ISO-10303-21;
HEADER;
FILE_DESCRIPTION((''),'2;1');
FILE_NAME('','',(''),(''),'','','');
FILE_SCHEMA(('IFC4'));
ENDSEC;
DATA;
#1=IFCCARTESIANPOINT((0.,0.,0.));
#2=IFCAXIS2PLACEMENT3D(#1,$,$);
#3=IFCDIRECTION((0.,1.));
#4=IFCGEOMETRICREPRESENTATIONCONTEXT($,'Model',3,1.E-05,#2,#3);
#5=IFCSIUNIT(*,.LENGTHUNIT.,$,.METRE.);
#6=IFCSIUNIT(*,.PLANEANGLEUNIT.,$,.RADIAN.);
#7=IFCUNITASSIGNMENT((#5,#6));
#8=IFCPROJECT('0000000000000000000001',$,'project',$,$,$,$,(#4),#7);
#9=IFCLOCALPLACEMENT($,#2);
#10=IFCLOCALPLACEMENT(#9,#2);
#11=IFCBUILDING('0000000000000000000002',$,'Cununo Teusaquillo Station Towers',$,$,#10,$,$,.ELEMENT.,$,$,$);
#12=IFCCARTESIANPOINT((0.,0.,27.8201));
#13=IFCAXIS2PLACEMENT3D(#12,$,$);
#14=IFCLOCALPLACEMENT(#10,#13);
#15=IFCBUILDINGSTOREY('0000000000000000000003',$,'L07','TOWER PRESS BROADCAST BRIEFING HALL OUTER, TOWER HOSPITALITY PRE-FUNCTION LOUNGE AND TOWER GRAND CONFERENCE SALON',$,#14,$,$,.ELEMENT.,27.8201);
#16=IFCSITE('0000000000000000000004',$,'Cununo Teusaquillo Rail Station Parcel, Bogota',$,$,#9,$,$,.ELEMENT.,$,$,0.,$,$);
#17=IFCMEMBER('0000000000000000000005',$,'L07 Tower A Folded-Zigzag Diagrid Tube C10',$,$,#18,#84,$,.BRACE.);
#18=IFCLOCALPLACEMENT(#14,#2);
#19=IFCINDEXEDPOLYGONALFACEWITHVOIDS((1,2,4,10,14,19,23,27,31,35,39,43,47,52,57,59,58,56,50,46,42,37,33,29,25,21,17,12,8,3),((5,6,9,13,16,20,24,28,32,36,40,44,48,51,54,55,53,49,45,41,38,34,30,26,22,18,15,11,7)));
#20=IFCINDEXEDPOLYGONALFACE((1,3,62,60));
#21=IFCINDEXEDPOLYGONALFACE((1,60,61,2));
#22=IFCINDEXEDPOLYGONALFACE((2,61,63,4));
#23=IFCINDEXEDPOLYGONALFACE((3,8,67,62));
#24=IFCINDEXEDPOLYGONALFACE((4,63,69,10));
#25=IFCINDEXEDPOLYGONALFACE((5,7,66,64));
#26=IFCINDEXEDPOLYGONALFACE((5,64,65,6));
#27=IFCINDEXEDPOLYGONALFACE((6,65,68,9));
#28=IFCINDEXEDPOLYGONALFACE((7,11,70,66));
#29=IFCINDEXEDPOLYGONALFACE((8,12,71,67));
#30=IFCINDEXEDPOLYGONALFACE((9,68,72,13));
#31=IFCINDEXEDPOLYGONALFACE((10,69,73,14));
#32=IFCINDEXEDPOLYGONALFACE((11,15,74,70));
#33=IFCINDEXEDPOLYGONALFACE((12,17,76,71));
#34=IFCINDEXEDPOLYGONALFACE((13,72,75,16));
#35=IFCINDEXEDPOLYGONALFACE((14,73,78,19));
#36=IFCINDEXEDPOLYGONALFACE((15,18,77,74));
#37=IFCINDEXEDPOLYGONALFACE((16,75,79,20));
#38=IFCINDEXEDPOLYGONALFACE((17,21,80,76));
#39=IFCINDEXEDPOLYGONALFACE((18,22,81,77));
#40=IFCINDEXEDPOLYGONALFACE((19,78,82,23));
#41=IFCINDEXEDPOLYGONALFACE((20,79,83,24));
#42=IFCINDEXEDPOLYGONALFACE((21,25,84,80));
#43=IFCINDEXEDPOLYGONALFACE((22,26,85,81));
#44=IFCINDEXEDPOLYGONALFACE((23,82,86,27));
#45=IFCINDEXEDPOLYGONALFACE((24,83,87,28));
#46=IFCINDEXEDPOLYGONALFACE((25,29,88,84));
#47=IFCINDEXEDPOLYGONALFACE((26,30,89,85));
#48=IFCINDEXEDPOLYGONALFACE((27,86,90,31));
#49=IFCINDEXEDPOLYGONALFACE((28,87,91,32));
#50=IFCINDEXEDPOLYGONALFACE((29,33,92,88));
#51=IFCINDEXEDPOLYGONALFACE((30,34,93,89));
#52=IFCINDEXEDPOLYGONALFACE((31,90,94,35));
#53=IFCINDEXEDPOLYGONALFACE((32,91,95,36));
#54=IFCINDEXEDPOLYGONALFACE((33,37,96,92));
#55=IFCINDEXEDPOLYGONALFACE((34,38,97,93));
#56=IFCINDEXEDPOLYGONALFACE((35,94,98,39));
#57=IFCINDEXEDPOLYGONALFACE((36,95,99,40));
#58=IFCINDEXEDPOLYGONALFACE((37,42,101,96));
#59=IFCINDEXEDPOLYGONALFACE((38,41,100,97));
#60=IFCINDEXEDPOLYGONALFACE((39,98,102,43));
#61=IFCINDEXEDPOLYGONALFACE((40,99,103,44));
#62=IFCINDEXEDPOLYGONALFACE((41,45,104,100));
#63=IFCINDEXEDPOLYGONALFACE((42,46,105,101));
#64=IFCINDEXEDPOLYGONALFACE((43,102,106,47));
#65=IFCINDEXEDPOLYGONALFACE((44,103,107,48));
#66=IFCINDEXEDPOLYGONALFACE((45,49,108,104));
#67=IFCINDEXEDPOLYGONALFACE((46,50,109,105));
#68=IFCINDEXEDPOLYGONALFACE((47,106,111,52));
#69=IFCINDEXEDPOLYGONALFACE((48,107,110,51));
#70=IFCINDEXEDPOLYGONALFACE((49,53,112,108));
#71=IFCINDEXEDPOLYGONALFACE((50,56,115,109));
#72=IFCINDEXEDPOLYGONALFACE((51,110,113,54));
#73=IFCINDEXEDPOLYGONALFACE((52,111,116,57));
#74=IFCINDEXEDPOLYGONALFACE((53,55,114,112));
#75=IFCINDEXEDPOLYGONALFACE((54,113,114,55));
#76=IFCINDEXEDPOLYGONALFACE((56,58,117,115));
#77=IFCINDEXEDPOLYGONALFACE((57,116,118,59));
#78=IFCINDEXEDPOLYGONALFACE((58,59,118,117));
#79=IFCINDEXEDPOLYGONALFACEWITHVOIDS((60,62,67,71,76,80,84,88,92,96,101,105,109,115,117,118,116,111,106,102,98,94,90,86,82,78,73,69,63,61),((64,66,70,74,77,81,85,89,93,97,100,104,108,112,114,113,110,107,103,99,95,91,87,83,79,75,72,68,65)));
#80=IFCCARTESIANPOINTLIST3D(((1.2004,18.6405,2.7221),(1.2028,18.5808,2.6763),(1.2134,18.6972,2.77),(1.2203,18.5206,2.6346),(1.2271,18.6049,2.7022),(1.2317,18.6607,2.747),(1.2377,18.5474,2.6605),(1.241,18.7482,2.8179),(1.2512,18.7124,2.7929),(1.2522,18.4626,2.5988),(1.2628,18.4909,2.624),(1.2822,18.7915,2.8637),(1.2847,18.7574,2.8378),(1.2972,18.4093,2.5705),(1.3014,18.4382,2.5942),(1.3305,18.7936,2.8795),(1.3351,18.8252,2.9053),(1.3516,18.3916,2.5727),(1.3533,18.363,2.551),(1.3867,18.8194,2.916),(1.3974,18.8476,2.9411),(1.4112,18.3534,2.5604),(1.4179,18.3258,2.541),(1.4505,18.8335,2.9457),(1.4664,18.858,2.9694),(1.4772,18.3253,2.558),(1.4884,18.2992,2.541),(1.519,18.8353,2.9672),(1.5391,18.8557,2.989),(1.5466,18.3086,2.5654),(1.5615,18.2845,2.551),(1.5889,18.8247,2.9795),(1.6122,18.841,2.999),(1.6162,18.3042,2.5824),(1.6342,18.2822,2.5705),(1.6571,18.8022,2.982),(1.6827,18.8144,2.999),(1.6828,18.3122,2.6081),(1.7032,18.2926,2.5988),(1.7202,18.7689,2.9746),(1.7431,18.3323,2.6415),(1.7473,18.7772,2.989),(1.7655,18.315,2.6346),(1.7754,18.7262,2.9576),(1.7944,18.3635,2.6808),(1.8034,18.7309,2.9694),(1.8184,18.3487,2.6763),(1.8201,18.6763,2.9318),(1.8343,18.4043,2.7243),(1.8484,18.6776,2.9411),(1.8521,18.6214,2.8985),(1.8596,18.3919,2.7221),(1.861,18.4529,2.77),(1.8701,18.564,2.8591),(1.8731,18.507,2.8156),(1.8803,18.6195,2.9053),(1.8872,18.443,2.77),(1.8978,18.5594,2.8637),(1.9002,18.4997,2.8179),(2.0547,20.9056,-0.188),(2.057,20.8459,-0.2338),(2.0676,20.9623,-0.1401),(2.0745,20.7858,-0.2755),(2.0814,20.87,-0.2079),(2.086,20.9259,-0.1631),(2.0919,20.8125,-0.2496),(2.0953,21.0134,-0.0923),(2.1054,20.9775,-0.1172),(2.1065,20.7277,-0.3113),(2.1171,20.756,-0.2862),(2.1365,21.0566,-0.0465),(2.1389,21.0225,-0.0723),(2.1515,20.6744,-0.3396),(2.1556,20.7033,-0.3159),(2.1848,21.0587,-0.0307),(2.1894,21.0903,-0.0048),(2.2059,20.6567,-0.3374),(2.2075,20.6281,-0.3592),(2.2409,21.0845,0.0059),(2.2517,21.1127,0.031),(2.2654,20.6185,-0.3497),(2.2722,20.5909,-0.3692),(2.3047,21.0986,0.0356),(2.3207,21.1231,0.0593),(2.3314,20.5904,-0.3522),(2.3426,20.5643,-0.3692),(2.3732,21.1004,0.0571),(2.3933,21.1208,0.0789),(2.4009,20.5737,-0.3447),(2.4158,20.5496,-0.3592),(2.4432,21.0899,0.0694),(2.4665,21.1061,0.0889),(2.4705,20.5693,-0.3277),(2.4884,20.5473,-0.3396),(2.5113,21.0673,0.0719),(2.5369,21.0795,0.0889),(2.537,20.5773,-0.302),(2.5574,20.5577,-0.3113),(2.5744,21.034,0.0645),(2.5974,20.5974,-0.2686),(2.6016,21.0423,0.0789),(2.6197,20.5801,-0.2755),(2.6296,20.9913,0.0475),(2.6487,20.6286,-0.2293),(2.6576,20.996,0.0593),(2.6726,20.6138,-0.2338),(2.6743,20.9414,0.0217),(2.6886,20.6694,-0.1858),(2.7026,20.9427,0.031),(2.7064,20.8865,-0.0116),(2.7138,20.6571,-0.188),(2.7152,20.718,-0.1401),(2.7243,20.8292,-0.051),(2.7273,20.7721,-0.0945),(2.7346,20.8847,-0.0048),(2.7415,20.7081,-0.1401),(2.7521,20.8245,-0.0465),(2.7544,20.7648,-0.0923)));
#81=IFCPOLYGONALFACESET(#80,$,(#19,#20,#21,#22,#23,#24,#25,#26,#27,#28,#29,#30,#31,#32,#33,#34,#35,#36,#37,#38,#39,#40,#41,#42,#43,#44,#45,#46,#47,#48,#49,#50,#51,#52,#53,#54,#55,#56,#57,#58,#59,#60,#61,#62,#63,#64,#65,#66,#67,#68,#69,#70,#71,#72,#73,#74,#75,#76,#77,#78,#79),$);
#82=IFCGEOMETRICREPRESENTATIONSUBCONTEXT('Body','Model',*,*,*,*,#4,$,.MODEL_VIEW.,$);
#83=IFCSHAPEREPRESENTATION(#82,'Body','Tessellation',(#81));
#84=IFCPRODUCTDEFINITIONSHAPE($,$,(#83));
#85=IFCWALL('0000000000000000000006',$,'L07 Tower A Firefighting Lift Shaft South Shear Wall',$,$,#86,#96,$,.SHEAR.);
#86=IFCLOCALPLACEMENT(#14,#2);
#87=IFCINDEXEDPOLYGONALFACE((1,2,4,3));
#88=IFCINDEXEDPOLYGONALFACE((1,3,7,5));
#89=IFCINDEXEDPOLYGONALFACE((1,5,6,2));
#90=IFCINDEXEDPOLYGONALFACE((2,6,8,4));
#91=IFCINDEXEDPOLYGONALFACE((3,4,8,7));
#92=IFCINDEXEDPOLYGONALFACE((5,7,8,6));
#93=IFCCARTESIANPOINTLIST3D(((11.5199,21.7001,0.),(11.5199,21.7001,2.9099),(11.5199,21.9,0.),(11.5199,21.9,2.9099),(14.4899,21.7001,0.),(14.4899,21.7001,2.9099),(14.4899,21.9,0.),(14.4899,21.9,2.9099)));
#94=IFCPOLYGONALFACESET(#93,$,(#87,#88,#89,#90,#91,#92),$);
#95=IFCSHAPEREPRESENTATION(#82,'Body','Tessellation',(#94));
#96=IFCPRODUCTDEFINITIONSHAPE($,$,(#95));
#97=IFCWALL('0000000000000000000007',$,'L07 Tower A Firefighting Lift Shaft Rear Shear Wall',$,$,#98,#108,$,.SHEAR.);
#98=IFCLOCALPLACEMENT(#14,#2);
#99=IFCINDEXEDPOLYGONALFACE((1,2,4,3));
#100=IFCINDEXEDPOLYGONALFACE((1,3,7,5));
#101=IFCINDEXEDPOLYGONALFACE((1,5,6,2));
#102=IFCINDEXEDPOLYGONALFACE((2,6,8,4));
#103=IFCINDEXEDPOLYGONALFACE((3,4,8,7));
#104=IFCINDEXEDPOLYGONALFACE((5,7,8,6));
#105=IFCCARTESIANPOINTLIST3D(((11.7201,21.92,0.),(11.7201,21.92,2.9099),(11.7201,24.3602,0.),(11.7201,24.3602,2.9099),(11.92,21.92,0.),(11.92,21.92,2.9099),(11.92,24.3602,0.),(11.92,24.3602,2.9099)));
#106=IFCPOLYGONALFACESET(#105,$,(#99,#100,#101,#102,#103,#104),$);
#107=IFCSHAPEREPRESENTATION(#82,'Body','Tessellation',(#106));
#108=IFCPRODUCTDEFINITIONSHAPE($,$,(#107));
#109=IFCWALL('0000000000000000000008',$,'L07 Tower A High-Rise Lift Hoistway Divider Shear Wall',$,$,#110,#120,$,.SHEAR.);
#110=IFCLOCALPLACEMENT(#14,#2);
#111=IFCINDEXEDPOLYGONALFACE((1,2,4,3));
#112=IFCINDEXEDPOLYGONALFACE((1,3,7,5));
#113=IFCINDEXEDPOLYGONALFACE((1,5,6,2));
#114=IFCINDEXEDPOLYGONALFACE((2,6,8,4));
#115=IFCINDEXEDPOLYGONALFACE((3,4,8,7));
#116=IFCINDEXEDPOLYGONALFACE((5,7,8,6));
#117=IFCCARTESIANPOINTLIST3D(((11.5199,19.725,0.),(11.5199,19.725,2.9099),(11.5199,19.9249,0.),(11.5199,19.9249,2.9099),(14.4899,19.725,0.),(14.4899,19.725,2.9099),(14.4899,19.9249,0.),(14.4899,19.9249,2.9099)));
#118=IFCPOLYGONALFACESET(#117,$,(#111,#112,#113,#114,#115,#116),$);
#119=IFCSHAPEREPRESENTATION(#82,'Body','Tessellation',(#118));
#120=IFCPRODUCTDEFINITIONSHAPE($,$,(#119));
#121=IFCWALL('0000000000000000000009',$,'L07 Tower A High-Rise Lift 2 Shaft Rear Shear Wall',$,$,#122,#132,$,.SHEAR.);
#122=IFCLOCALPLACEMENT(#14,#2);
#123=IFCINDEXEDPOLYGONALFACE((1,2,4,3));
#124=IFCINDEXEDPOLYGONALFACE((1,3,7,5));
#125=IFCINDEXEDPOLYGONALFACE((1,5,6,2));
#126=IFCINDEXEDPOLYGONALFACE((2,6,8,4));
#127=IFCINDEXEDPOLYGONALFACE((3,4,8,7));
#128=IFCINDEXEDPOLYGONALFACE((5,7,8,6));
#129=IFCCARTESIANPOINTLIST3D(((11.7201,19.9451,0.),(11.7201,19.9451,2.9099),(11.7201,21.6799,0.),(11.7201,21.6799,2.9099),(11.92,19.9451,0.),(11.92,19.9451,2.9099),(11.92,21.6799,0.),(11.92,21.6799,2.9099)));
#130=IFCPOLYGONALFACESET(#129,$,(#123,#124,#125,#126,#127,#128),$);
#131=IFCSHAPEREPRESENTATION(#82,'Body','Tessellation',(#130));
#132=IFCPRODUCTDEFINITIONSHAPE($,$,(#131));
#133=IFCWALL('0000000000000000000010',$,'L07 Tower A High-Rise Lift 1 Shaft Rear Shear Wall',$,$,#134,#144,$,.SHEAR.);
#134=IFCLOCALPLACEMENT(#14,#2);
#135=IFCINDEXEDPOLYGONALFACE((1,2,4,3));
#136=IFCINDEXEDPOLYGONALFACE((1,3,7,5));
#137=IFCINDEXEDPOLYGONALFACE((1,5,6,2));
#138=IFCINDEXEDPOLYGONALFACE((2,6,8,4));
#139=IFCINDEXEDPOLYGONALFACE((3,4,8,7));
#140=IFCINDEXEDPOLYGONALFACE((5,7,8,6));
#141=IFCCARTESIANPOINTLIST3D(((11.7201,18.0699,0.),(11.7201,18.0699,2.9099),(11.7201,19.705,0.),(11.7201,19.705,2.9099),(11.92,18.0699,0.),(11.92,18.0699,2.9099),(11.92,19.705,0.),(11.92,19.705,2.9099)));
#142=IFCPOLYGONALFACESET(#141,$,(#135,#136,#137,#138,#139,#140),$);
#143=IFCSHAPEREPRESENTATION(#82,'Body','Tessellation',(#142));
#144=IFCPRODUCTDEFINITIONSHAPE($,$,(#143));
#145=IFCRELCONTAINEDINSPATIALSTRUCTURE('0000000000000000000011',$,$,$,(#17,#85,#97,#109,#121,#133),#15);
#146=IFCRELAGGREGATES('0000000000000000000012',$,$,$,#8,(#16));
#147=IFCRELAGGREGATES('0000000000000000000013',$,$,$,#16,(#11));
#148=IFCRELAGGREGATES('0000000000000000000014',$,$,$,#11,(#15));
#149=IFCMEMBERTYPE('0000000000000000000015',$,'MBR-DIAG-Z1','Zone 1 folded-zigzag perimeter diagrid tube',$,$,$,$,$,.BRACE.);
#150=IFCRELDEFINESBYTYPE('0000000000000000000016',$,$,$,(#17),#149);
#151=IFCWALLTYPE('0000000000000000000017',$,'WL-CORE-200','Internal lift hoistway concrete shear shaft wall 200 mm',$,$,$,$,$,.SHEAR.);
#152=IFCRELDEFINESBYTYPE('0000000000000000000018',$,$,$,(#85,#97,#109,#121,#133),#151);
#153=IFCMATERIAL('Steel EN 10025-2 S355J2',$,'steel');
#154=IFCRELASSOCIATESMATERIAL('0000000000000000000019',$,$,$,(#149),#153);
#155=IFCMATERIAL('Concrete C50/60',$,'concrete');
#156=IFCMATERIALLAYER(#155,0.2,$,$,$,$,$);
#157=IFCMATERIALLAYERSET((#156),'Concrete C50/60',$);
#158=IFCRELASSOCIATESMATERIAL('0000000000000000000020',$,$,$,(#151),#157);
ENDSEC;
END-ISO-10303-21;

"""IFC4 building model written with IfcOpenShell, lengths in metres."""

from ifc_helpers import new_model, si_unit, direction, frame, frame_2d, origin, origin_2d, place, context, subcontext, project, spatial, rectangle, hollow_circle, extrude, material, layer, layer_set, material_profile, profile_set, type_object, element, save


model = new_model("IFC4")

# Units and contexts
model_context = context("Model", 3, precision=1e-05, world=origin(), true_north=direction((0.0, 1.0)))
body_context = subcontext(model_context, "Body", "Model", "MODEL_VIEW")
ifc_project = project(units=[si_unit("LENGTHUNIT", "METRE"), si_unit("PLANEANGLEUNIT", "RADIAN")], contexts=[model_context])

# Site, building, storey
site_placement = place(None, origin())
site = spatial("IfcSite", under=ifc_project, at=site_placement, Name="Cununo Teusaquillo Rail Station Parcel, Bogota", CompositionType="ELEMENT", RefElevation=0.0)
building_placement = place(site_placement, origin())
building = spatial("IfcBuilding", under=site, at=building_placement, Name="Cununo Teusaquillo Station Towers", CompositionType="ELEMENT")
storey_placement = place(building_placement, frame((0.0, 0.0, 27.8201)))
storey = spatial("IfcBuildingStorey", under=building, at=storey_placement, Name="L07", Description="TOWER PRESS BROADCAST BRIEFING HALL OUTER, TOWER HOSPITALITY PRE-FUNCTION LOUNGE AND TOWER GRAND CONFERENCE SALON", CompositionType="ELEMENT", Elevation=27.8201)

# Member
ifc_material_1 = material(Name="Steel EN 10025-2 S355J2", Category="steel")
ifc_material_profile_1 = material_profile(ifc_material_1, hollow_circle(Radius=0.3601, WallThickness=0.0281, at=origin_2d()), Name="CHS 720x28")
ifc_profile_set_1 = profile_set([ifc_material_profile_1], Name="Steel EN 10025-2 S355J2")
member_type = type_object("IfcMemberType", Name="MBR-DIAG-Z1", Description="Zone 1 folded-zigzag perimeter diagrid tube", PredefinedType="BRACE", material=ifc_profile_set_1)
member_placement = place(storey_placement, frame((2.4045, 20.8352, -0.1401), z_axis=(-0.225666, -0.598381, 0.768775), x_axis=(0.935673, -0.352869, 0.0)))
element("IfcMember", 1, at=member_placement, inside=storey, type_object=member_type, Name="L07 Tower A Folded-Zigzag Diagrid Tube C10", PredefinedType="BRACE", context=body_context, shape_type="SweptSolid", body=[
    extrude(hollow_circle(Radius=0.3601, WallThickness=0.0281, at=origin_2d()), origin(), (0.0, 0.0, 1.0), 3.7854),
])

# Walls
ifc_material_2 = material(Name="Concrete C50/60", Category="concrete")
ifc_layer_1 = layer(ifc_material_2, 0.2)
ifc_layer_set_1 = layer_set([ifc_layer_1], Name="Concrete C50/60")
wall_type_1 = type_object("IfcWallType", Name="WL-CORE-200", Description="Internal lift hoistway concrete shear shaft wall 200 mm", PredefinedType="SHEAR", material=ifc_layer_set_1)
wall_1_placement = place(storey_placement, frame((11.52, 21.8, 0.0), z_axis=(0.0, 0.0, 1.0), x_axis=(1.0, 0.0, 0.0)))
element("IfcWall", 2, at=wall_1_placement, inside=storey, type_object=wall_type_1, Name="L07 Tower A Firefighting Lift Shaft South Shear Wall", PredefinedType="SHEAR", context=body_context, shape_type="SweptSolid", body=[
    extrude(rectangle(XDim=2.97, YDim=0.2, at=frame_2d((1.4849, 0.0))), origin(), (0.0, 0.0, 1.0), 2.9099),
])
wall_2_placement = place(storey_placement, frame((11.8201, 21.9199, 0.0), z_axis=(0.0, 0.0, 1.0), x_axis=(0.0, 1.0, 0.0)))
element("IfcWall", 3, at=wall_2_placement, inside=storey, type_object=wall_type_1, Name="L07 Tower A Firefighting Lift Shaft Rear Shear Wall", PredefinedType="SHEAR", context=body_context, shape_type="SweptSolid", body=[
    extrude(rectangle(XDim=2.4402, YDim=0.2, at=frame_2d((1.2202, 0.0))), origin(), (0.0, 0.0, 1.0), 2.9099),
])
wall_3_placement = place(storey_placement, frame((11.52, 19.825, 0.0), z_axis=(0.0, 0.0, 1.0), x_axis=(1.0, 0.0, 0.0)))
element("IfcWall", 4, at=wall_3_placement, inside=storey, type_object=wall_type_1, Name="L07 Tower A High-Rise Lift Hoistway Divider Shear Wall", PredefinedType="SHEAR", context=body_context, shape_type="SweptSolid", body=[
    extrude(rectangle(XDim=2.97, YDim=0.2, at=frame_2d((1.4849, 0.0))), origin(), (0.0, 0.0, 1.0), 2.9099),
])
wall_4_placement = place(storey_placement, frame((11.8201, 19.9451, 0.0), z_axis=(0.0, 0.0, 1.0), x_axis=(0.0, 1.0, 0.0)))
element("IfcWall", 5, at=wall_4_placement, inside=storey, type_object=wall_type_1, Name="L07 Tower A High-Rise Lift 2 Shaft Rear Shear Wall", PredefinedType="SHEAR", context=body_context, shape_type="SweptSolid", body=[
    extrude(rectangle(XDim=1.7349, YDim=0.2, at=frame_2d((0.8674, 0.0))), origin(), (0.0, 0.0, 1.0), 2.9099),
])
wall_5_placement = place(storey_placement, frame((11.8201, 18.0701, 0.0), z_axis=(0.0, 0.0, 1.0), x_axis=(0.0, 1.0, 0.0)))
element("IfcWall", 6, at=wall_5_placement, inside=storey, type_object=wall_type_1, Name="L07 Tower A High-Rise Lift 1 Shaft Rear Shear Wall", PredefinedType="SHEAR", context=body_context, shape_type="SweptSolid", body=[
    extrude(rectangle(XDim=1.635, YDim=0.2, at=frame_2d((0.8174, 0.0))), origin(), (0.0, 0.0, 1.0), 2.9099),
])

save(model, "model.ifc")
